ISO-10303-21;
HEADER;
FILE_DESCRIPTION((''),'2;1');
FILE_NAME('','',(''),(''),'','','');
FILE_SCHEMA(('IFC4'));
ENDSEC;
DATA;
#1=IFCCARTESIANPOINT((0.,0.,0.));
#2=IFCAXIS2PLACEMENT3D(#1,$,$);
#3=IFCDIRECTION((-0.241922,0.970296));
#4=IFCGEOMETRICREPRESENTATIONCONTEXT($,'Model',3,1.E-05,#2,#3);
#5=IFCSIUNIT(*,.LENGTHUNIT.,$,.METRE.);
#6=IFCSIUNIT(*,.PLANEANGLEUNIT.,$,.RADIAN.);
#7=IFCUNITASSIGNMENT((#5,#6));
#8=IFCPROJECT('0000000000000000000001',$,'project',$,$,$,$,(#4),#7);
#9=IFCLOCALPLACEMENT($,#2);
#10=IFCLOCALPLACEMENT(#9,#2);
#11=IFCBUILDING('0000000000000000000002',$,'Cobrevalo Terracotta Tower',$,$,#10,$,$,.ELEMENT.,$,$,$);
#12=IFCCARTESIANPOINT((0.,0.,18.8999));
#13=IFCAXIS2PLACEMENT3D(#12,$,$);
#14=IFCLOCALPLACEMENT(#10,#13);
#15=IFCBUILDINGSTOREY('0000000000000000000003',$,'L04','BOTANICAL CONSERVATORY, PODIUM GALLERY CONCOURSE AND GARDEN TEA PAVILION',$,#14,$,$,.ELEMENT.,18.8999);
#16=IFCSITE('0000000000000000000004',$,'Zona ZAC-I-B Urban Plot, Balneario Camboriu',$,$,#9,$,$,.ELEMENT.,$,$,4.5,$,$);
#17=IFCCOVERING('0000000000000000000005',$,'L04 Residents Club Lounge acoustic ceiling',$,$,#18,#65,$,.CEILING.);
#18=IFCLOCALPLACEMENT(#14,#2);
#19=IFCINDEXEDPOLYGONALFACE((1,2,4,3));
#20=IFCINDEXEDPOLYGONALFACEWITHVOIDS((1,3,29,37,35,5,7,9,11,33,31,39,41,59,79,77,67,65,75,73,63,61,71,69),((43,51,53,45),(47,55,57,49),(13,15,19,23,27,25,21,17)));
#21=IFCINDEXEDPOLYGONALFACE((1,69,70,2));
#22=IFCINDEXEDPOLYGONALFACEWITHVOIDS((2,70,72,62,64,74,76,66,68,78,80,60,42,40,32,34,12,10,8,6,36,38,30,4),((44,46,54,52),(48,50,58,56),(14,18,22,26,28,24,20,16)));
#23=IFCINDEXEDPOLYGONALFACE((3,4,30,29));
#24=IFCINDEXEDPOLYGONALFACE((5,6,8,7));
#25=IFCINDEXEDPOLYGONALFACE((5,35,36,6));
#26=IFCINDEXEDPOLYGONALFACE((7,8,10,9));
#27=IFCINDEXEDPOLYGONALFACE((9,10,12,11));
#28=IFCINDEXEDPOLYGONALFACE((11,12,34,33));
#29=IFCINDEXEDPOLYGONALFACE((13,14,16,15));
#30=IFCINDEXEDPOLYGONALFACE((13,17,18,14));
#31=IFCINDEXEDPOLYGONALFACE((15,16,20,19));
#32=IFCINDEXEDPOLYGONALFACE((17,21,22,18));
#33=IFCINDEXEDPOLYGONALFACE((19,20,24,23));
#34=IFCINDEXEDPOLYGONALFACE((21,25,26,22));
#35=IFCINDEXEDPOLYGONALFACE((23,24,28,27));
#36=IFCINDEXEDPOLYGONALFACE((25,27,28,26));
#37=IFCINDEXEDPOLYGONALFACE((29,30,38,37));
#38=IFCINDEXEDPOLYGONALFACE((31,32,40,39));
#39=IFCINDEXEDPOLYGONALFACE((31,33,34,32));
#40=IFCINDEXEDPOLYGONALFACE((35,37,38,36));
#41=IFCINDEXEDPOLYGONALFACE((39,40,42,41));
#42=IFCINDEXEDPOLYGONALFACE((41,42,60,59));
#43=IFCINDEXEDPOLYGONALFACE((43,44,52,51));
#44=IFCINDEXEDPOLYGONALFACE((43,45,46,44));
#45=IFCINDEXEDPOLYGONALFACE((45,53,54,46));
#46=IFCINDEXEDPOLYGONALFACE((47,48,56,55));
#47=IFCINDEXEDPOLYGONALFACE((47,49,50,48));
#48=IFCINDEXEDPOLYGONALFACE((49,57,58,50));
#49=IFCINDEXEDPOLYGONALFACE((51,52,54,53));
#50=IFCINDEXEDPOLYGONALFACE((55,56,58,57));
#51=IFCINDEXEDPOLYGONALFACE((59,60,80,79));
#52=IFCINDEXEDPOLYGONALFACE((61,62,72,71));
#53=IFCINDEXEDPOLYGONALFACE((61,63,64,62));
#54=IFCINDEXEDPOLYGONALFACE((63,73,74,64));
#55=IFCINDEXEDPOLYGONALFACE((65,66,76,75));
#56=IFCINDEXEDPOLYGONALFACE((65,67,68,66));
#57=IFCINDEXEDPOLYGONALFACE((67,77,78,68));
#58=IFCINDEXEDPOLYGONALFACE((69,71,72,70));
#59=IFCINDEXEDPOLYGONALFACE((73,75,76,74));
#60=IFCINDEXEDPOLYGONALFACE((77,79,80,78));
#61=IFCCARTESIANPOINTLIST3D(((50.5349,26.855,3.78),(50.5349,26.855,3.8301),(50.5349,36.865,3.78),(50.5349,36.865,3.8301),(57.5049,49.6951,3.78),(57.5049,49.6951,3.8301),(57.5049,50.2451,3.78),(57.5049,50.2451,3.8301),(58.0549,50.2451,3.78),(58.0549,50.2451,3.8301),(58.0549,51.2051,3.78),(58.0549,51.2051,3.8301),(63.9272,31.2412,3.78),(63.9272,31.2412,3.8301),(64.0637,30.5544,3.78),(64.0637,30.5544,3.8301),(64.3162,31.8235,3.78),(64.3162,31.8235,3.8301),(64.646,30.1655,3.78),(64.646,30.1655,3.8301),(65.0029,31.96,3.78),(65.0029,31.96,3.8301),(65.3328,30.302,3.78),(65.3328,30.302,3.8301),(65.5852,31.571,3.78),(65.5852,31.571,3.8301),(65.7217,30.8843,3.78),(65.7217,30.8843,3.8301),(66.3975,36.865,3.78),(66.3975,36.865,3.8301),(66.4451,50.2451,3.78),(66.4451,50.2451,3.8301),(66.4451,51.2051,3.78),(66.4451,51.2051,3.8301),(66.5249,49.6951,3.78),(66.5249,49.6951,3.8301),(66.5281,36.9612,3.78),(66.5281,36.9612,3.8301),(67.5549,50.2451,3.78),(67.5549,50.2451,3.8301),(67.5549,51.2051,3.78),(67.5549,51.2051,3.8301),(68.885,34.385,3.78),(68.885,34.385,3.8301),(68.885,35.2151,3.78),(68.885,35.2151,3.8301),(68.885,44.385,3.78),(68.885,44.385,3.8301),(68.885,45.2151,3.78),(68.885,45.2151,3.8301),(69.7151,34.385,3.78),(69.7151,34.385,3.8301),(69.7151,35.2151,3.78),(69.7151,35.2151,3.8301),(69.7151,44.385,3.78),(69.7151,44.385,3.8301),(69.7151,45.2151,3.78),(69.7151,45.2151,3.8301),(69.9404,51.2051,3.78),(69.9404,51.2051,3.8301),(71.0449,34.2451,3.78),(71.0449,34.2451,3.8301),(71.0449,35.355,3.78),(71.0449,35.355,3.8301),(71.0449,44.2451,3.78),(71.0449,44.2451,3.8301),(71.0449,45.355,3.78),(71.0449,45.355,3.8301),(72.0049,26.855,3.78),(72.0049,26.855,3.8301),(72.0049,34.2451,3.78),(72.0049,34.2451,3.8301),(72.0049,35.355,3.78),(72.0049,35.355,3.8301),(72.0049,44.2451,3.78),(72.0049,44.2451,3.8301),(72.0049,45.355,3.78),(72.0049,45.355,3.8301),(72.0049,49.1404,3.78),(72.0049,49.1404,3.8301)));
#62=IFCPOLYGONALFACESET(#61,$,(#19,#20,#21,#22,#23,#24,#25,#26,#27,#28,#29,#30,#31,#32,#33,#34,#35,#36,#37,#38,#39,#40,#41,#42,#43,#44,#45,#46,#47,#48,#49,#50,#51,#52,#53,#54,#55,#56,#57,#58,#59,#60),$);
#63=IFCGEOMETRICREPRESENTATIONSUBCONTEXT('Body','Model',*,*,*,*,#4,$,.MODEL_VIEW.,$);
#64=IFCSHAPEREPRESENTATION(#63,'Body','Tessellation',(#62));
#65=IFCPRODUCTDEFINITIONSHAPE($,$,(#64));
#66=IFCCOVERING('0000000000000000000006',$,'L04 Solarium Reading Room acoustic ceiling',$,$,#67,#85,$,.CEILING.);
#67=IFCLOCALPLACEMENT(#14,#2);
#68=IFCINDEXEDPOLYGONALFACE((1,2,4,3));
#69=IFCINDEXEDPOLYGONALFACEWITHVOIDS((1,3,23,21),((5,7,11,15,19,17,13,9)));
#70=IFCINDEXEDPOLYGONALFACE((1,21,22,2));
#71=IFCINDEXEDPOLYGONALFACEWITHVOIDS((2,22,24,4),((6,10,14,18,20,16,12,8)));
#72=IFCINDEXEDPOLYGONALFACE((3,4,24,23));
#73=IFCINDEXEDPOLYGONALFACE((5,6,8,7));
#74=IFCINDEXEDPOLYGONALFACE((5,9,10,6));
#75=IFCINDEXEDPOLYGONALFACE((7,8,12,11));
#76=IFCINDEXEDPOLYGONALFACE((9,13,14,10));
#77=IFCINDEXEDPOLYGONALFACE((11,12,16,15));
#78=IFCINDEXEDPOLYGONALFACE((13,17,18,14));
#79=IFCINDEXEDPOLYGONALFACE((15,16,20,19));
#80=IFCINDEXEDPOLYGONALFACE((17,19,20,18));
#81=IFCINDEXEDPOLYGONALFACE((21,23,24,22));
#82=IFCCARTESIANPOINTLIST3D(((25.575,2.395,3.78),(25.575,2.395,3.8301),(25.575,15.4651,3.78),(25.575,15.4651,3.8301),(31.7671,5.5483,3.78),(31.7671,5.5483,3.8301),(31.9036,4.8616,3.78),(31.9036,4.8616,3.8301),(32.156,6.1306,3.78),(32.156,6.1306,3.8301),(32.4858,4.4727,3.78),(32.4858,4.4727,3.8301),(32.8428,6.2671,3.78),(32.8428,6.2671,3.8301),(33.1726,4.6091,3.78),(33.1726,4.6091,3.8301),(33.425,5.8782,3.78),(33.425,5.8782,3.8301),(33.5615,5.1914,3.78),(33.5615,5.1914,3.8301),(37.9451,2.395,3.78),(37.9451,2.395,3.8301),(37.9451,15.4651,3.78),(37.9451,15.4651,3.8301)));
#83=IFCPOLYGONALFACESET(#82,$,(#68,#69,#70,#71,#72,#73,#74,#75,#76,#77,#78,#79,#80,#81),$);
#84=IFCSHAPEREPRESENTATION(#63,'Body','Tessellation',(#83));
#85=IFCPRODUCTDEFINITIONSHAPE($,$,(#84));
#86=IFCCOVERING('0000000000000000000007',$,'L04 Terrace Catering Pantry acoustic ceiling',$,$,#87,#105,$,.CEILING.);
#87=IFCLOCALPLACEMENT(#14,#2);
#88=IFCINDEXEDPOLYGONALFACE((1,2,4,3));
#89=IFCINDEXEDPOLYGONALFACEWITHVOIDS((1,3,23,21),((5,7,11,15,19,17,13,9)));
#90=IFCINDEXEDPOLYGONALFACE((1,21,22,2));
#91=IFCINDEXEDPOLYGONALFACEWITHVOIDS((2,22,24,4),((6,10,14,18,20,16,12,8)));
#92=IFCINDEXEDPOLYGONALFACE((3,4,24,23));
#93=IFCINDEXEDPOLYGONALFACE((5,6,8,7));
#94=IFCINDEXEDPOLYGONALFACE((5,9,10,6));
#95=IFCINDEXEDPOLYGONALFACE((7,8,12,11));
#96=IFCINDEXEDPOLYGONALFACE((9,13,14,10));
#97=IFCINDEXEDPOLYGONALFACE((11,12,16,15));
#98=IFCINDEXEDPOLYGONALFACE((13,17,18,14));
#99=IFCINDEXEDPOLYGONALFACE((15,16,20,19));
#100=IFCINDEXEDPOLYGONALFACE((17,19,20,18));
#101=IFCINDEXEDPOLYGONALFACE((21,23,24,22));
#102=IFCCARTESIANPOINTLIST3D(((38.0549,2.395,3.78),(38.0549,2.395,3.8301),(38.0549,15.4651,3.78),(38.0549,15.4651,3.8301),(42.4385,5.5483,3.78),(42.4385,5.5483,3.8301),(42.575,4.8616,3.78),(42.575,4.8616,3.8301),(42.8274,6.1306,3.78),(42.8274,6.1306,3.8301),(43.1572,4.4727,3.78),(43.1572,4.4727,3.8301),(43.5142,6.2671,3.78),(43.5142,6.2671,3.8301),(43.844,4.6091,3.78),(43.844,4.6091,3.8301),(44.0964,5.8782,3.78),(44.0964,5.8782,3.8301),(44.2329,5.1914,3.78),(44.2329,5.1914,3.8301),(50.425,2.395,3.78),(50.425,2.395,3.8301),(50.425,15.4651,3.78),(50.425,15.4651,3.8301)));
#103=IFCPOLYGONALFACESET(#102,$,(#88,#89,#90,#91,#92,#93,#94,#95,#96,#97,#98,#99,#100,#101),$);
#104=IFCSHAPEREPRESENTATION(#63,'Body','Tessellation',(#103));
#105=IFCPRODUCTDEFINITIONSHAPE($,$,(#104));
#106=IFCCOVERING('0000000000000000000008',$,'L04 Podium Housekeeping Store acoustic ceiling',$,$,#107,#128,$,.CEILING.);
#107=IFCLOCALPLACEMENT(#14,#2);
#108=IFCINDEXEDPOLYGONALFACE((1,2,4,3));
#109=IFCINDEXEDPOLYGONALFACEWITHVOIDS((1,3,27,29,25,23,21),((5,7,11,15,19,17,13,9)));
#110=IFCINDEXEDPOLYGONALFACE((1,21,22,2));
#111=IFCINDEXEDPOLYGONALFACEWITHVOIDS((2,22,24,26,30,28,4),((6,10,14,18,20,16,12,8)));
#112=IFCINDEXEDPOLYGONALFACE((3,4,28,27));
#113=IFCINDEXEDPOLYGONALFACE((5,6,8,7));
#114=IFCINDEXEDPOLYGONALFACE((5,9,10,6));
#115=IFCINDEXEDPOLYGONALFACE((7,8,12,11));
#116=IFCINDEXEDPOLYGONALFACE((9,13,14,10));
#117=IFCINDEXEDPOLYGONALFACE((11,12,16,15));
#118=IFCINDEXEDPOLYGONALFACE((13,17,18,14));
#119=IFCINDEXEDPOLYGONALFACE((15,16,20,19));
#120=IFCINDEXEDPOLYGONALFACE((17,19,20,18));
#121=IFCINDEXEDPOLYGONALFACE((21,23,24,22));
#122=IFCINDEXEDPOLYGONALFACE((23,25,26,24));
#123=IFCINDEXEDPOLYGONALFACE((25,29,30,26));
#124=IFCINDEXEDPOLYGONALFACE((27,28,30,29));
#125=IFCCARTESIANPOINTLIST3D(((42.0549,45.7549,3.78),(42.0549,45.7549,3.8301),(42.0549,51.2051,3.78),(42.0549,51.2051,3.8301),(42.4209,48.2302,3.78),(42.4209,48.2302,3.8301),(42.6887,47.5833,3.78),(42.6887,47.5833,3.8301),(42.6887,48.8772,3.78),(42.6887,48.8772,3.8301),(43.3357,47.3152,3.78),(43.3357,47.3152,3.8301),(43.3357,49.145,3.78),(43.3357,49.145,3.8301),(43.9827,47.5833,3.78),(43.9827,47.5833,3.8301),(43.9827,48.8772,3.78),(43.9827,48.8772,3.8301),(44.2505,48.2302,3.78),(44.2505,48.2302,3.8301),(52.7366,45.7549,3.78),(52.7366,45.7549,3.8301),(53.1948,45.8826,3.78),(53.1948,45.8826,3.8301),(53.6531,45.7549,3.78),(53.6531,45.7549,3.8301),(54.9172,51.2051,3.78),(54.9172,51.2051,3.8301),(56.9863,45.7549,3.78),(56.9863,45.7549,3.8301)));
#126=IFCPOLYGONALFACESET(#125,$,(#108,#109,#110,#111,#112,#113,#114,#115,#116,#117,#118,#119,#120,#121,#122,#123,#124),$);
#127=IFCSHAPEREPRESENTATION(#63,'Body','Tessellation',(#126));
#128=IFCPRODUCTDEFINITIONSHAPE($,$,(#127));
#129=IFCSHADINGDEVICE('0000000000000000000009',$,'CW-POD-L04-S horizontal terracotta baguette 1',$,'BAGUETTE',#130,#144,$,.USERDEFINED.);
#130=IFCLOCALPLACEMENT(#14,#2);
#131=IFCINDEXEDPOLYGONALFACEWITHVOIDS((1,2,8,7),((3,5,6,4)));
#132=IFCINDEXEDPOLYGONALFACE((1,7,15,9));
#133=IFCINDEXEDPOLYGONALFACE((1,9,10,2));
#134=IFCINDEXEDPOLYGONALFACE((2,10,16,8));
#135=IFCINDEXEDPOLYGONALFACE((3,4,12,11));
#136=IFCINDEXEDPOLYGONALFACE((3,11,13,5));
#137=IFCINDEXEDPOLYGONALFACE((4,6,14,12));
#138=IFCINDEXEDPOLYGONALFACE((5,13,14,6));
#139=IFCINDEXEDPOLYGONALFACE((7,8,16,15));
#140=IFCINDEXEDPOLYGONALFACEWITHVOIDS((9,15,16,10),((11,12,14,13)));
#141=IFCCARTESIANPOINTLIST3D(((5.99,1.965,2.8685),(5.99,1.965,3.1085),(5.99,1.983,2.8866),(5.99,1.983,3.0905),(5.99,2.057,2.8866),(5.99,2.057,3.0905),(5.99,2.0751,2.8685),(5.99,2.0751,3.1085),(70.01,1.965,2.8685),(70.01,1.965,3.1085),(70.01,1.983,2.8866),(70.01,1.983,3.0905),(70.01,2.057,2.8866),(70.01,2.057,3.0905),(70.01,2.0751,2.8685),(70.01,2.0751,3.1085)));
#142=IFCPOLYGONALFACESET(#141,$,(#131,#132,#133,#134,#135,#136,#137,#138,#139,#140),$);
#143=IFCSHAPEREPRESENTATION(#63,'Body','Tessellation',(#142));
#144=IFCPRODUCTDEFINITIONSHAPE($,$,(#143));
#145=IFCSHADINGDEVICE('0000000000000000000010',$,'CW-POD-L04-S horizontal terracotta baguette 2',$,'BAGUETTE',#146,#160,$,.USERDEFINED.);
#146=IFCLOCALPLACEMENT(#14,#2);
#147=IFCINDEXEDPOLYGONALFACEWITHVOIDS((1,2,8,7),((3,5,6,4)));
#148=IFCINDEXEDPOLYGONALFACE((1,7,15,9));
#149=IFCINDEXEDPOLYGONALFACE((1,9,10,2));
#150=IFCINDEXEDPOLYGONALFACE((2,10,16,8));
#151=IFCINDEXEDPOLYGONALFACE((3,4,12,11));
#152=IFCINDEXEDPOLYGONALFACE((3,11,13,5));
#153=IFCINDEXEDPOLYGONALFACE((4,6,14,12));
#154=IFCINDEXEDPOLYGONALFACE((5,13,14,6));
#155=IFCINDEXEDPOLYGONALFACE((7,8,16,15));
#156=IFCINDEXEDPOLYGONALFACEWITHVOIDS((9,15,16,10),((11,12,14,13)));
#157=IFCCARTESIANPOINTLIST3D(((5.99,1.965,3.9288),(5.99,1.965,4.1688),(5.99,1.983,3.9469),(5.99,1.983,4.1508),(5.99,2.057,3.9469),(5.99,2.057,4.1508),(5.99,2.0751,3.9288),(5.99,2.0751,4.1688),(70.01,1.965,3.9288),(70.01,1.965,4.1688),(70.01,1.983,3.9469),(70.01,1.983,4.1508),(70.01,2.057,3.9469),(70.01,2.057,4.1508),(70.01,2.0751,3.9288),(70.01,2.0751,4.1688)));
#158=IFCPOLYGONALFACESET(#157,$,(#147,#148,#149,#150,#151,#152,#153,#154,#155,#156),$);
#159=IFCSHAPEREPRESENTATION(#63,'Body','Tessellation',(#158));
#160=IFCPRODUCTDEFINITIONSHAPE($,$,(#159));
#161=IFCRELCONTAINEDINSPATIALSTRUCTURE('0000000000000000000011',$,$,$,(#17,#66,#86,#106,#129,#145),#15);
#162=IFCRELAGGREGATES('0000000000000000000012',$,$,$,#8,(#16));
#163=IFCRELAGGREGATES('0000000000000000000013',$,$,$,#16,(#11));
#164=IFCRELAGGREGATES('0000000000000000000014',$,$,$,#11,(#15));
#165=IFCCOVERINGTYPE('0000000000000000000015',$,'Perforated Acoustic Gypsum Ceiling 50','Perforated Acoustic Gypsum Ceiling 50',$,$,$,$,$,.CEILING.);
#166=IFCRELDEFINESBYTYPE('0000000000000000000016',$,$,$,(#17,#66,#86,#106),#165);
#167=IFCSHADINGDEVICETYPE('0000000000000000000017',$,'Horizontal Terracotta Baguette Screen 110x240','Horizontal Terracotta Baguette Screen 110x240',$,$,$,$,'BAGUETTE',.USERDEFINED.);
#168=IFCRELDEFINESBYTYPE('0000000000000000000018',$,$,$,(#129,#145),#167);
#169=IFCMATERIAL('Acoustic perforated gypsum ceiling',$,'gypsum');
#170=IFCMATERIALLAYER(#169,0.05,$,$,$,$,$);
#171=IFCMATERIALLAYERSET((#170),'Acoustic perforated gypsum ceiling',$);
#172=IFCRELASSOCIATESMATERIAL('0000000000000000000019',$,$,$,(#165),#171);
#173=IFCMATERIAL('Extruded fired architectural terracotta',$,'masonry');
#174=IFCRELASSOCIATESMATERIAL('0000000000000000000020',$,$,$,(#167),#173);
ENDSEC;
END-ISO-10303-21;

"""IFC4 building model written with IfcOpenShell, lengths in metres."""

from ifc_helpers import new_model, si_unit, direction, frame, origin, origin_2d, place, context, subcontext, project, spatial, polyline, hollow_rectangle, outline, extrude, source, transform, mapped, material, layer, layer_set, material_profile, profile_set, type_object, element, save


model = new_model("IFC4")

# Units and contexts
model_context = context("Model", 3, precision=1e-05, world=origin(), true_north=direction((-0.241922, 0.970296)))
body_context = subcontext(model_context, "Body", "Model", "MODEL_VIEW")
ifc_project = project(units=[si_unit("LENGTHUNIT", "METRE"), si_unit("PLANEANGLEUNIT", "RADIAN")], contexts=[model_context])

# Site, building, storey
site_placement = place(None, origin())
site = spatial("IfcSite", under=ifc_project, at=site_placement, Name="Zona ZAC-I-B Urban Plot, Balneario Camboriu", CompositionType="ELEMENT", RefElevation=4.5)
building_placement = place(site_placement, origin())
building = spatial("IfcBuilding", under=site, at=building_placement, Name="Cobrevalo Terracotta Tower", CompositionType="ELEMENT")
storey_placement = place(building_placement, frame((0.0, 0.0, 18.8999)))
storey = spatial("IfcBuildingStorey", under=building, at=storey_placement, Name="L04", Description="BOTANICAL CONSERVATORY, PODIUM GALLERY CONCOURSE AND GARDEN TEA PAVILION", CompositionType="ELEMENT", Elevation=18.8999)

# Coverings
ifc_material_1 = material(Name="Acoustic perforated gypsum ceiling", Category="gypsum")
ifc_layer_1 = layer(ifc_material_1, 0.05)
ifc_layer_set_1 = layer_set([ifc_layer_1], Name="Acoustic perforated gypsum ceiling")
covering_type_1 = type_object("IfcCoveringType", Name="Perforated Acoustic Gypsum Ceiling 50", Description="Perforated Acoustic Gypsum Ceiling 50", PredefinedType="CEILING", material=ifc_layer_set_1)
covering_1_placement = place(storey_placement, frame((0.0, 0.0, 3.78)))
element("IfcCovering", 1, at=covering_1_placement, inside=storey, type_object=covering_type_1, Name="L04 Residents Club Lounge acoustic ceiling", PredefinedType="CEILING", context=body_context, shape_type="SweptSolid", body=[
    extrude(outline(polyline([(50.5349, 26.855), (50.5349, 36.865), (66.3975, 36.865), (66.5281, 36.9612), (66.5249, 49.6951), (57.5049, 49.6951), (57.5049, 50.2451), (58.0549, 50.2451), (58.0549, 51.2051), (66.4451, 51.2051), (66.4451, 50.2451), (67.5549, 50.2451), (67.5549, 51.2051), (69.9404, 51.2051), (72.0049, 49.1404), (72.0049, 45.355), (71.0449, 45.355), (71.0449, 44.2451), (72.0049, 44.2451), (72.0049, 35.355), (71.0449, 35.355), (71.0449, 34.2451), (72.0049, 34.2451), (72.0049, 26.855), (50.5349, 26.855)]), holes=[polyline([(68.885, 34.385), (69.7151, 34.385), (69.7151, 35.2151), (68.885, 35.2151), (68.885, 34.385)]), polyline([(68.885, 45.2151), (68.885, 44.385), (69.7151, 44.385), (69.7151, 45.2151), (68.885, 45.2151)]), polyline([(65.3328, 30.302), (65.7217, 30.8843), (65.5852, 31.571), (65.0029, 31.96), (64.3162, 31.8235), (63.9272, 31.2412), (64.0637, 30.5544), (64.646, 30.1655), (65.3328, 30.302)])]), origin(), (0.0, 0.0, 1.0), 0.05),
])
covering_2_placement = place(storey_placement, frame((0.0, 0.0, 3.78)))
element("IfcCovering", 2, at=covering_2_placement, inside=storey, type_object=covering_type_1, Name="L04 Solarium Reading Room acoustic ceiling", PredefinedType="CEILING", context=body_context, shape_type="SweptSolid", body=[
    extrude(outline(polyline([(25.575, 15.4651), (37.9451, 15.4651), (37.9451, 2.395), (25.575, 2.395), (25.575, 15.4651)]), holes=[polyline([(33.1726, 4.6091), (33.5615, 5.1914), (33.425, 5.8782), (32.8428, 6.2671), (32.156, 6.1306), (31.7671, 5.5483), (31.9036, 4.8616), (32.4858, 4.4727), (33.1726, 4.6091)])]), origin(), (0.0, 0.0, 1.0), 0.05),
])
covering_3_placement = place(storey_placement, frame((0.0, 0.0, 3.78)))
element("IfcCovering", 3, at=covering_3_placement, inside=storey, type_object=covering_type_1, Name="L04 Terrace Catering Pantry acoustic ceiling", PredefinedType="CEILING", context=body_context, shape_type="SweptSolid", body=[
    extrude(outline(polyline([(38.0549, 15.4651), (50.425, 15.4651), (50.425, 2.395), (38.0549, 2.395), (38.0549, 15.4651)]), holes=[polyline([(43.844, 4.6091), (44.2329, 5.1914), (44.0964, 5.8782), (43.5142, 6.2671), (42.8274, 6.1306), (42.4385, 5.5483), (42.575, 4.8616), (43.1572, 4.4727), (43.844, 4.6091)])]), origin(), (0.0, 0.0, 1.0), 0.05),
])
covering_4_placement = place(storey_placement, frame((0.0, 0.0, 3.78)))
element("IfcCovering", 4, at=covering_4_placement, inside=storey, type_object=covering_type_1, Name="L04 Podium Housekeeping Store acoustic ceiling", PredefinedType="CEILING", context=body_context, shape_type="SweptSolid", body=[
    extrude(outline(polyline([(56.9863, 45.7549), (53.6531, 45.7549), (53.1948, 45.8826), (52.7366, 45.7549), (42.0549, 45.7549), (42.0549, 51.2051), (54.9172, 51.2051), (56.9863, 45.7549)]), holes=[polyline([(43.9827, 47.5833), (44.2505, 48.2302), (43.9827, 48.8772), (43.3357, 49.145), (42.6887, 48.8772), (42.4209, 48.2302), (42.6887, 47.5833), (43.3357, 47.3152), (43.9827, 47.5833)])]), origin(), (0.0, 0.0, 1.0), 0.05),
])

# Shading devices
ifc_material_2 = material(Name="Extruded fired architectural terracotta", Category="masonry")
ifc_material_profile = material_profile(ifc_material_2, hollow_rectangle(XDim=0.1101, YDim=0.24, WallThickness=0.0181, at=origin_2d()), Name="BAGUETTE 110x240")
ifc_profile_set = profile_set([ifc_material_profile], Name="Extruded fired architectural terracotta")
shading_device_type = type_object("IfcShadingDeviceType", Name="Horizontal Terracotta Baguette Screen 110x240", Description="Horizontal Terracotta Baguette Screen 110x240", ElementType="BAGUETTE", PredefinedType="USERDEFINED", material=ifc_profile_set)
shared_shape = source(origin(), body_context, "Body", "SweptSolid", [
    extrude(hollow_rectangle(XDim=0.1101, YDim=0.24, WallThickness=0.0181, at=origin_2d()), origin(), (0.0, 0.0, 1.0), 64.02),
])
for number, where, z_axis, x_axis, name in (
    (5, (5.99, 2.02, 2.9885), (1.0, 0.0, 0.0), (0.0, 1.0, 0.0), "CW-POD-L04-S horizontal terracotta baguette 1"),
    (6, (5.99, 2.02, 4.0488), (1.0, 0.0, 0.0), (0.0, 1.0, 0.0), "CW-POD-L04-S horizontal terracotta baguette 2"),
):
    element("IfcShadingDevice", number, at=place(storey_placement, frame(where, z_axis=z_axis, x_axis=x_axis)), inside=storey, type_object=shading_device_type, Name=name, ObjectType="BAGUETTE", PredefinedType="USERDEFINED", context=body_context, shape_type="MappedRepresentation", body=[
        mapped(shared_shape, transform((0.0, 0.0, 0.0), scale=1.0)),
    ])

save(model, "model.ifc")
